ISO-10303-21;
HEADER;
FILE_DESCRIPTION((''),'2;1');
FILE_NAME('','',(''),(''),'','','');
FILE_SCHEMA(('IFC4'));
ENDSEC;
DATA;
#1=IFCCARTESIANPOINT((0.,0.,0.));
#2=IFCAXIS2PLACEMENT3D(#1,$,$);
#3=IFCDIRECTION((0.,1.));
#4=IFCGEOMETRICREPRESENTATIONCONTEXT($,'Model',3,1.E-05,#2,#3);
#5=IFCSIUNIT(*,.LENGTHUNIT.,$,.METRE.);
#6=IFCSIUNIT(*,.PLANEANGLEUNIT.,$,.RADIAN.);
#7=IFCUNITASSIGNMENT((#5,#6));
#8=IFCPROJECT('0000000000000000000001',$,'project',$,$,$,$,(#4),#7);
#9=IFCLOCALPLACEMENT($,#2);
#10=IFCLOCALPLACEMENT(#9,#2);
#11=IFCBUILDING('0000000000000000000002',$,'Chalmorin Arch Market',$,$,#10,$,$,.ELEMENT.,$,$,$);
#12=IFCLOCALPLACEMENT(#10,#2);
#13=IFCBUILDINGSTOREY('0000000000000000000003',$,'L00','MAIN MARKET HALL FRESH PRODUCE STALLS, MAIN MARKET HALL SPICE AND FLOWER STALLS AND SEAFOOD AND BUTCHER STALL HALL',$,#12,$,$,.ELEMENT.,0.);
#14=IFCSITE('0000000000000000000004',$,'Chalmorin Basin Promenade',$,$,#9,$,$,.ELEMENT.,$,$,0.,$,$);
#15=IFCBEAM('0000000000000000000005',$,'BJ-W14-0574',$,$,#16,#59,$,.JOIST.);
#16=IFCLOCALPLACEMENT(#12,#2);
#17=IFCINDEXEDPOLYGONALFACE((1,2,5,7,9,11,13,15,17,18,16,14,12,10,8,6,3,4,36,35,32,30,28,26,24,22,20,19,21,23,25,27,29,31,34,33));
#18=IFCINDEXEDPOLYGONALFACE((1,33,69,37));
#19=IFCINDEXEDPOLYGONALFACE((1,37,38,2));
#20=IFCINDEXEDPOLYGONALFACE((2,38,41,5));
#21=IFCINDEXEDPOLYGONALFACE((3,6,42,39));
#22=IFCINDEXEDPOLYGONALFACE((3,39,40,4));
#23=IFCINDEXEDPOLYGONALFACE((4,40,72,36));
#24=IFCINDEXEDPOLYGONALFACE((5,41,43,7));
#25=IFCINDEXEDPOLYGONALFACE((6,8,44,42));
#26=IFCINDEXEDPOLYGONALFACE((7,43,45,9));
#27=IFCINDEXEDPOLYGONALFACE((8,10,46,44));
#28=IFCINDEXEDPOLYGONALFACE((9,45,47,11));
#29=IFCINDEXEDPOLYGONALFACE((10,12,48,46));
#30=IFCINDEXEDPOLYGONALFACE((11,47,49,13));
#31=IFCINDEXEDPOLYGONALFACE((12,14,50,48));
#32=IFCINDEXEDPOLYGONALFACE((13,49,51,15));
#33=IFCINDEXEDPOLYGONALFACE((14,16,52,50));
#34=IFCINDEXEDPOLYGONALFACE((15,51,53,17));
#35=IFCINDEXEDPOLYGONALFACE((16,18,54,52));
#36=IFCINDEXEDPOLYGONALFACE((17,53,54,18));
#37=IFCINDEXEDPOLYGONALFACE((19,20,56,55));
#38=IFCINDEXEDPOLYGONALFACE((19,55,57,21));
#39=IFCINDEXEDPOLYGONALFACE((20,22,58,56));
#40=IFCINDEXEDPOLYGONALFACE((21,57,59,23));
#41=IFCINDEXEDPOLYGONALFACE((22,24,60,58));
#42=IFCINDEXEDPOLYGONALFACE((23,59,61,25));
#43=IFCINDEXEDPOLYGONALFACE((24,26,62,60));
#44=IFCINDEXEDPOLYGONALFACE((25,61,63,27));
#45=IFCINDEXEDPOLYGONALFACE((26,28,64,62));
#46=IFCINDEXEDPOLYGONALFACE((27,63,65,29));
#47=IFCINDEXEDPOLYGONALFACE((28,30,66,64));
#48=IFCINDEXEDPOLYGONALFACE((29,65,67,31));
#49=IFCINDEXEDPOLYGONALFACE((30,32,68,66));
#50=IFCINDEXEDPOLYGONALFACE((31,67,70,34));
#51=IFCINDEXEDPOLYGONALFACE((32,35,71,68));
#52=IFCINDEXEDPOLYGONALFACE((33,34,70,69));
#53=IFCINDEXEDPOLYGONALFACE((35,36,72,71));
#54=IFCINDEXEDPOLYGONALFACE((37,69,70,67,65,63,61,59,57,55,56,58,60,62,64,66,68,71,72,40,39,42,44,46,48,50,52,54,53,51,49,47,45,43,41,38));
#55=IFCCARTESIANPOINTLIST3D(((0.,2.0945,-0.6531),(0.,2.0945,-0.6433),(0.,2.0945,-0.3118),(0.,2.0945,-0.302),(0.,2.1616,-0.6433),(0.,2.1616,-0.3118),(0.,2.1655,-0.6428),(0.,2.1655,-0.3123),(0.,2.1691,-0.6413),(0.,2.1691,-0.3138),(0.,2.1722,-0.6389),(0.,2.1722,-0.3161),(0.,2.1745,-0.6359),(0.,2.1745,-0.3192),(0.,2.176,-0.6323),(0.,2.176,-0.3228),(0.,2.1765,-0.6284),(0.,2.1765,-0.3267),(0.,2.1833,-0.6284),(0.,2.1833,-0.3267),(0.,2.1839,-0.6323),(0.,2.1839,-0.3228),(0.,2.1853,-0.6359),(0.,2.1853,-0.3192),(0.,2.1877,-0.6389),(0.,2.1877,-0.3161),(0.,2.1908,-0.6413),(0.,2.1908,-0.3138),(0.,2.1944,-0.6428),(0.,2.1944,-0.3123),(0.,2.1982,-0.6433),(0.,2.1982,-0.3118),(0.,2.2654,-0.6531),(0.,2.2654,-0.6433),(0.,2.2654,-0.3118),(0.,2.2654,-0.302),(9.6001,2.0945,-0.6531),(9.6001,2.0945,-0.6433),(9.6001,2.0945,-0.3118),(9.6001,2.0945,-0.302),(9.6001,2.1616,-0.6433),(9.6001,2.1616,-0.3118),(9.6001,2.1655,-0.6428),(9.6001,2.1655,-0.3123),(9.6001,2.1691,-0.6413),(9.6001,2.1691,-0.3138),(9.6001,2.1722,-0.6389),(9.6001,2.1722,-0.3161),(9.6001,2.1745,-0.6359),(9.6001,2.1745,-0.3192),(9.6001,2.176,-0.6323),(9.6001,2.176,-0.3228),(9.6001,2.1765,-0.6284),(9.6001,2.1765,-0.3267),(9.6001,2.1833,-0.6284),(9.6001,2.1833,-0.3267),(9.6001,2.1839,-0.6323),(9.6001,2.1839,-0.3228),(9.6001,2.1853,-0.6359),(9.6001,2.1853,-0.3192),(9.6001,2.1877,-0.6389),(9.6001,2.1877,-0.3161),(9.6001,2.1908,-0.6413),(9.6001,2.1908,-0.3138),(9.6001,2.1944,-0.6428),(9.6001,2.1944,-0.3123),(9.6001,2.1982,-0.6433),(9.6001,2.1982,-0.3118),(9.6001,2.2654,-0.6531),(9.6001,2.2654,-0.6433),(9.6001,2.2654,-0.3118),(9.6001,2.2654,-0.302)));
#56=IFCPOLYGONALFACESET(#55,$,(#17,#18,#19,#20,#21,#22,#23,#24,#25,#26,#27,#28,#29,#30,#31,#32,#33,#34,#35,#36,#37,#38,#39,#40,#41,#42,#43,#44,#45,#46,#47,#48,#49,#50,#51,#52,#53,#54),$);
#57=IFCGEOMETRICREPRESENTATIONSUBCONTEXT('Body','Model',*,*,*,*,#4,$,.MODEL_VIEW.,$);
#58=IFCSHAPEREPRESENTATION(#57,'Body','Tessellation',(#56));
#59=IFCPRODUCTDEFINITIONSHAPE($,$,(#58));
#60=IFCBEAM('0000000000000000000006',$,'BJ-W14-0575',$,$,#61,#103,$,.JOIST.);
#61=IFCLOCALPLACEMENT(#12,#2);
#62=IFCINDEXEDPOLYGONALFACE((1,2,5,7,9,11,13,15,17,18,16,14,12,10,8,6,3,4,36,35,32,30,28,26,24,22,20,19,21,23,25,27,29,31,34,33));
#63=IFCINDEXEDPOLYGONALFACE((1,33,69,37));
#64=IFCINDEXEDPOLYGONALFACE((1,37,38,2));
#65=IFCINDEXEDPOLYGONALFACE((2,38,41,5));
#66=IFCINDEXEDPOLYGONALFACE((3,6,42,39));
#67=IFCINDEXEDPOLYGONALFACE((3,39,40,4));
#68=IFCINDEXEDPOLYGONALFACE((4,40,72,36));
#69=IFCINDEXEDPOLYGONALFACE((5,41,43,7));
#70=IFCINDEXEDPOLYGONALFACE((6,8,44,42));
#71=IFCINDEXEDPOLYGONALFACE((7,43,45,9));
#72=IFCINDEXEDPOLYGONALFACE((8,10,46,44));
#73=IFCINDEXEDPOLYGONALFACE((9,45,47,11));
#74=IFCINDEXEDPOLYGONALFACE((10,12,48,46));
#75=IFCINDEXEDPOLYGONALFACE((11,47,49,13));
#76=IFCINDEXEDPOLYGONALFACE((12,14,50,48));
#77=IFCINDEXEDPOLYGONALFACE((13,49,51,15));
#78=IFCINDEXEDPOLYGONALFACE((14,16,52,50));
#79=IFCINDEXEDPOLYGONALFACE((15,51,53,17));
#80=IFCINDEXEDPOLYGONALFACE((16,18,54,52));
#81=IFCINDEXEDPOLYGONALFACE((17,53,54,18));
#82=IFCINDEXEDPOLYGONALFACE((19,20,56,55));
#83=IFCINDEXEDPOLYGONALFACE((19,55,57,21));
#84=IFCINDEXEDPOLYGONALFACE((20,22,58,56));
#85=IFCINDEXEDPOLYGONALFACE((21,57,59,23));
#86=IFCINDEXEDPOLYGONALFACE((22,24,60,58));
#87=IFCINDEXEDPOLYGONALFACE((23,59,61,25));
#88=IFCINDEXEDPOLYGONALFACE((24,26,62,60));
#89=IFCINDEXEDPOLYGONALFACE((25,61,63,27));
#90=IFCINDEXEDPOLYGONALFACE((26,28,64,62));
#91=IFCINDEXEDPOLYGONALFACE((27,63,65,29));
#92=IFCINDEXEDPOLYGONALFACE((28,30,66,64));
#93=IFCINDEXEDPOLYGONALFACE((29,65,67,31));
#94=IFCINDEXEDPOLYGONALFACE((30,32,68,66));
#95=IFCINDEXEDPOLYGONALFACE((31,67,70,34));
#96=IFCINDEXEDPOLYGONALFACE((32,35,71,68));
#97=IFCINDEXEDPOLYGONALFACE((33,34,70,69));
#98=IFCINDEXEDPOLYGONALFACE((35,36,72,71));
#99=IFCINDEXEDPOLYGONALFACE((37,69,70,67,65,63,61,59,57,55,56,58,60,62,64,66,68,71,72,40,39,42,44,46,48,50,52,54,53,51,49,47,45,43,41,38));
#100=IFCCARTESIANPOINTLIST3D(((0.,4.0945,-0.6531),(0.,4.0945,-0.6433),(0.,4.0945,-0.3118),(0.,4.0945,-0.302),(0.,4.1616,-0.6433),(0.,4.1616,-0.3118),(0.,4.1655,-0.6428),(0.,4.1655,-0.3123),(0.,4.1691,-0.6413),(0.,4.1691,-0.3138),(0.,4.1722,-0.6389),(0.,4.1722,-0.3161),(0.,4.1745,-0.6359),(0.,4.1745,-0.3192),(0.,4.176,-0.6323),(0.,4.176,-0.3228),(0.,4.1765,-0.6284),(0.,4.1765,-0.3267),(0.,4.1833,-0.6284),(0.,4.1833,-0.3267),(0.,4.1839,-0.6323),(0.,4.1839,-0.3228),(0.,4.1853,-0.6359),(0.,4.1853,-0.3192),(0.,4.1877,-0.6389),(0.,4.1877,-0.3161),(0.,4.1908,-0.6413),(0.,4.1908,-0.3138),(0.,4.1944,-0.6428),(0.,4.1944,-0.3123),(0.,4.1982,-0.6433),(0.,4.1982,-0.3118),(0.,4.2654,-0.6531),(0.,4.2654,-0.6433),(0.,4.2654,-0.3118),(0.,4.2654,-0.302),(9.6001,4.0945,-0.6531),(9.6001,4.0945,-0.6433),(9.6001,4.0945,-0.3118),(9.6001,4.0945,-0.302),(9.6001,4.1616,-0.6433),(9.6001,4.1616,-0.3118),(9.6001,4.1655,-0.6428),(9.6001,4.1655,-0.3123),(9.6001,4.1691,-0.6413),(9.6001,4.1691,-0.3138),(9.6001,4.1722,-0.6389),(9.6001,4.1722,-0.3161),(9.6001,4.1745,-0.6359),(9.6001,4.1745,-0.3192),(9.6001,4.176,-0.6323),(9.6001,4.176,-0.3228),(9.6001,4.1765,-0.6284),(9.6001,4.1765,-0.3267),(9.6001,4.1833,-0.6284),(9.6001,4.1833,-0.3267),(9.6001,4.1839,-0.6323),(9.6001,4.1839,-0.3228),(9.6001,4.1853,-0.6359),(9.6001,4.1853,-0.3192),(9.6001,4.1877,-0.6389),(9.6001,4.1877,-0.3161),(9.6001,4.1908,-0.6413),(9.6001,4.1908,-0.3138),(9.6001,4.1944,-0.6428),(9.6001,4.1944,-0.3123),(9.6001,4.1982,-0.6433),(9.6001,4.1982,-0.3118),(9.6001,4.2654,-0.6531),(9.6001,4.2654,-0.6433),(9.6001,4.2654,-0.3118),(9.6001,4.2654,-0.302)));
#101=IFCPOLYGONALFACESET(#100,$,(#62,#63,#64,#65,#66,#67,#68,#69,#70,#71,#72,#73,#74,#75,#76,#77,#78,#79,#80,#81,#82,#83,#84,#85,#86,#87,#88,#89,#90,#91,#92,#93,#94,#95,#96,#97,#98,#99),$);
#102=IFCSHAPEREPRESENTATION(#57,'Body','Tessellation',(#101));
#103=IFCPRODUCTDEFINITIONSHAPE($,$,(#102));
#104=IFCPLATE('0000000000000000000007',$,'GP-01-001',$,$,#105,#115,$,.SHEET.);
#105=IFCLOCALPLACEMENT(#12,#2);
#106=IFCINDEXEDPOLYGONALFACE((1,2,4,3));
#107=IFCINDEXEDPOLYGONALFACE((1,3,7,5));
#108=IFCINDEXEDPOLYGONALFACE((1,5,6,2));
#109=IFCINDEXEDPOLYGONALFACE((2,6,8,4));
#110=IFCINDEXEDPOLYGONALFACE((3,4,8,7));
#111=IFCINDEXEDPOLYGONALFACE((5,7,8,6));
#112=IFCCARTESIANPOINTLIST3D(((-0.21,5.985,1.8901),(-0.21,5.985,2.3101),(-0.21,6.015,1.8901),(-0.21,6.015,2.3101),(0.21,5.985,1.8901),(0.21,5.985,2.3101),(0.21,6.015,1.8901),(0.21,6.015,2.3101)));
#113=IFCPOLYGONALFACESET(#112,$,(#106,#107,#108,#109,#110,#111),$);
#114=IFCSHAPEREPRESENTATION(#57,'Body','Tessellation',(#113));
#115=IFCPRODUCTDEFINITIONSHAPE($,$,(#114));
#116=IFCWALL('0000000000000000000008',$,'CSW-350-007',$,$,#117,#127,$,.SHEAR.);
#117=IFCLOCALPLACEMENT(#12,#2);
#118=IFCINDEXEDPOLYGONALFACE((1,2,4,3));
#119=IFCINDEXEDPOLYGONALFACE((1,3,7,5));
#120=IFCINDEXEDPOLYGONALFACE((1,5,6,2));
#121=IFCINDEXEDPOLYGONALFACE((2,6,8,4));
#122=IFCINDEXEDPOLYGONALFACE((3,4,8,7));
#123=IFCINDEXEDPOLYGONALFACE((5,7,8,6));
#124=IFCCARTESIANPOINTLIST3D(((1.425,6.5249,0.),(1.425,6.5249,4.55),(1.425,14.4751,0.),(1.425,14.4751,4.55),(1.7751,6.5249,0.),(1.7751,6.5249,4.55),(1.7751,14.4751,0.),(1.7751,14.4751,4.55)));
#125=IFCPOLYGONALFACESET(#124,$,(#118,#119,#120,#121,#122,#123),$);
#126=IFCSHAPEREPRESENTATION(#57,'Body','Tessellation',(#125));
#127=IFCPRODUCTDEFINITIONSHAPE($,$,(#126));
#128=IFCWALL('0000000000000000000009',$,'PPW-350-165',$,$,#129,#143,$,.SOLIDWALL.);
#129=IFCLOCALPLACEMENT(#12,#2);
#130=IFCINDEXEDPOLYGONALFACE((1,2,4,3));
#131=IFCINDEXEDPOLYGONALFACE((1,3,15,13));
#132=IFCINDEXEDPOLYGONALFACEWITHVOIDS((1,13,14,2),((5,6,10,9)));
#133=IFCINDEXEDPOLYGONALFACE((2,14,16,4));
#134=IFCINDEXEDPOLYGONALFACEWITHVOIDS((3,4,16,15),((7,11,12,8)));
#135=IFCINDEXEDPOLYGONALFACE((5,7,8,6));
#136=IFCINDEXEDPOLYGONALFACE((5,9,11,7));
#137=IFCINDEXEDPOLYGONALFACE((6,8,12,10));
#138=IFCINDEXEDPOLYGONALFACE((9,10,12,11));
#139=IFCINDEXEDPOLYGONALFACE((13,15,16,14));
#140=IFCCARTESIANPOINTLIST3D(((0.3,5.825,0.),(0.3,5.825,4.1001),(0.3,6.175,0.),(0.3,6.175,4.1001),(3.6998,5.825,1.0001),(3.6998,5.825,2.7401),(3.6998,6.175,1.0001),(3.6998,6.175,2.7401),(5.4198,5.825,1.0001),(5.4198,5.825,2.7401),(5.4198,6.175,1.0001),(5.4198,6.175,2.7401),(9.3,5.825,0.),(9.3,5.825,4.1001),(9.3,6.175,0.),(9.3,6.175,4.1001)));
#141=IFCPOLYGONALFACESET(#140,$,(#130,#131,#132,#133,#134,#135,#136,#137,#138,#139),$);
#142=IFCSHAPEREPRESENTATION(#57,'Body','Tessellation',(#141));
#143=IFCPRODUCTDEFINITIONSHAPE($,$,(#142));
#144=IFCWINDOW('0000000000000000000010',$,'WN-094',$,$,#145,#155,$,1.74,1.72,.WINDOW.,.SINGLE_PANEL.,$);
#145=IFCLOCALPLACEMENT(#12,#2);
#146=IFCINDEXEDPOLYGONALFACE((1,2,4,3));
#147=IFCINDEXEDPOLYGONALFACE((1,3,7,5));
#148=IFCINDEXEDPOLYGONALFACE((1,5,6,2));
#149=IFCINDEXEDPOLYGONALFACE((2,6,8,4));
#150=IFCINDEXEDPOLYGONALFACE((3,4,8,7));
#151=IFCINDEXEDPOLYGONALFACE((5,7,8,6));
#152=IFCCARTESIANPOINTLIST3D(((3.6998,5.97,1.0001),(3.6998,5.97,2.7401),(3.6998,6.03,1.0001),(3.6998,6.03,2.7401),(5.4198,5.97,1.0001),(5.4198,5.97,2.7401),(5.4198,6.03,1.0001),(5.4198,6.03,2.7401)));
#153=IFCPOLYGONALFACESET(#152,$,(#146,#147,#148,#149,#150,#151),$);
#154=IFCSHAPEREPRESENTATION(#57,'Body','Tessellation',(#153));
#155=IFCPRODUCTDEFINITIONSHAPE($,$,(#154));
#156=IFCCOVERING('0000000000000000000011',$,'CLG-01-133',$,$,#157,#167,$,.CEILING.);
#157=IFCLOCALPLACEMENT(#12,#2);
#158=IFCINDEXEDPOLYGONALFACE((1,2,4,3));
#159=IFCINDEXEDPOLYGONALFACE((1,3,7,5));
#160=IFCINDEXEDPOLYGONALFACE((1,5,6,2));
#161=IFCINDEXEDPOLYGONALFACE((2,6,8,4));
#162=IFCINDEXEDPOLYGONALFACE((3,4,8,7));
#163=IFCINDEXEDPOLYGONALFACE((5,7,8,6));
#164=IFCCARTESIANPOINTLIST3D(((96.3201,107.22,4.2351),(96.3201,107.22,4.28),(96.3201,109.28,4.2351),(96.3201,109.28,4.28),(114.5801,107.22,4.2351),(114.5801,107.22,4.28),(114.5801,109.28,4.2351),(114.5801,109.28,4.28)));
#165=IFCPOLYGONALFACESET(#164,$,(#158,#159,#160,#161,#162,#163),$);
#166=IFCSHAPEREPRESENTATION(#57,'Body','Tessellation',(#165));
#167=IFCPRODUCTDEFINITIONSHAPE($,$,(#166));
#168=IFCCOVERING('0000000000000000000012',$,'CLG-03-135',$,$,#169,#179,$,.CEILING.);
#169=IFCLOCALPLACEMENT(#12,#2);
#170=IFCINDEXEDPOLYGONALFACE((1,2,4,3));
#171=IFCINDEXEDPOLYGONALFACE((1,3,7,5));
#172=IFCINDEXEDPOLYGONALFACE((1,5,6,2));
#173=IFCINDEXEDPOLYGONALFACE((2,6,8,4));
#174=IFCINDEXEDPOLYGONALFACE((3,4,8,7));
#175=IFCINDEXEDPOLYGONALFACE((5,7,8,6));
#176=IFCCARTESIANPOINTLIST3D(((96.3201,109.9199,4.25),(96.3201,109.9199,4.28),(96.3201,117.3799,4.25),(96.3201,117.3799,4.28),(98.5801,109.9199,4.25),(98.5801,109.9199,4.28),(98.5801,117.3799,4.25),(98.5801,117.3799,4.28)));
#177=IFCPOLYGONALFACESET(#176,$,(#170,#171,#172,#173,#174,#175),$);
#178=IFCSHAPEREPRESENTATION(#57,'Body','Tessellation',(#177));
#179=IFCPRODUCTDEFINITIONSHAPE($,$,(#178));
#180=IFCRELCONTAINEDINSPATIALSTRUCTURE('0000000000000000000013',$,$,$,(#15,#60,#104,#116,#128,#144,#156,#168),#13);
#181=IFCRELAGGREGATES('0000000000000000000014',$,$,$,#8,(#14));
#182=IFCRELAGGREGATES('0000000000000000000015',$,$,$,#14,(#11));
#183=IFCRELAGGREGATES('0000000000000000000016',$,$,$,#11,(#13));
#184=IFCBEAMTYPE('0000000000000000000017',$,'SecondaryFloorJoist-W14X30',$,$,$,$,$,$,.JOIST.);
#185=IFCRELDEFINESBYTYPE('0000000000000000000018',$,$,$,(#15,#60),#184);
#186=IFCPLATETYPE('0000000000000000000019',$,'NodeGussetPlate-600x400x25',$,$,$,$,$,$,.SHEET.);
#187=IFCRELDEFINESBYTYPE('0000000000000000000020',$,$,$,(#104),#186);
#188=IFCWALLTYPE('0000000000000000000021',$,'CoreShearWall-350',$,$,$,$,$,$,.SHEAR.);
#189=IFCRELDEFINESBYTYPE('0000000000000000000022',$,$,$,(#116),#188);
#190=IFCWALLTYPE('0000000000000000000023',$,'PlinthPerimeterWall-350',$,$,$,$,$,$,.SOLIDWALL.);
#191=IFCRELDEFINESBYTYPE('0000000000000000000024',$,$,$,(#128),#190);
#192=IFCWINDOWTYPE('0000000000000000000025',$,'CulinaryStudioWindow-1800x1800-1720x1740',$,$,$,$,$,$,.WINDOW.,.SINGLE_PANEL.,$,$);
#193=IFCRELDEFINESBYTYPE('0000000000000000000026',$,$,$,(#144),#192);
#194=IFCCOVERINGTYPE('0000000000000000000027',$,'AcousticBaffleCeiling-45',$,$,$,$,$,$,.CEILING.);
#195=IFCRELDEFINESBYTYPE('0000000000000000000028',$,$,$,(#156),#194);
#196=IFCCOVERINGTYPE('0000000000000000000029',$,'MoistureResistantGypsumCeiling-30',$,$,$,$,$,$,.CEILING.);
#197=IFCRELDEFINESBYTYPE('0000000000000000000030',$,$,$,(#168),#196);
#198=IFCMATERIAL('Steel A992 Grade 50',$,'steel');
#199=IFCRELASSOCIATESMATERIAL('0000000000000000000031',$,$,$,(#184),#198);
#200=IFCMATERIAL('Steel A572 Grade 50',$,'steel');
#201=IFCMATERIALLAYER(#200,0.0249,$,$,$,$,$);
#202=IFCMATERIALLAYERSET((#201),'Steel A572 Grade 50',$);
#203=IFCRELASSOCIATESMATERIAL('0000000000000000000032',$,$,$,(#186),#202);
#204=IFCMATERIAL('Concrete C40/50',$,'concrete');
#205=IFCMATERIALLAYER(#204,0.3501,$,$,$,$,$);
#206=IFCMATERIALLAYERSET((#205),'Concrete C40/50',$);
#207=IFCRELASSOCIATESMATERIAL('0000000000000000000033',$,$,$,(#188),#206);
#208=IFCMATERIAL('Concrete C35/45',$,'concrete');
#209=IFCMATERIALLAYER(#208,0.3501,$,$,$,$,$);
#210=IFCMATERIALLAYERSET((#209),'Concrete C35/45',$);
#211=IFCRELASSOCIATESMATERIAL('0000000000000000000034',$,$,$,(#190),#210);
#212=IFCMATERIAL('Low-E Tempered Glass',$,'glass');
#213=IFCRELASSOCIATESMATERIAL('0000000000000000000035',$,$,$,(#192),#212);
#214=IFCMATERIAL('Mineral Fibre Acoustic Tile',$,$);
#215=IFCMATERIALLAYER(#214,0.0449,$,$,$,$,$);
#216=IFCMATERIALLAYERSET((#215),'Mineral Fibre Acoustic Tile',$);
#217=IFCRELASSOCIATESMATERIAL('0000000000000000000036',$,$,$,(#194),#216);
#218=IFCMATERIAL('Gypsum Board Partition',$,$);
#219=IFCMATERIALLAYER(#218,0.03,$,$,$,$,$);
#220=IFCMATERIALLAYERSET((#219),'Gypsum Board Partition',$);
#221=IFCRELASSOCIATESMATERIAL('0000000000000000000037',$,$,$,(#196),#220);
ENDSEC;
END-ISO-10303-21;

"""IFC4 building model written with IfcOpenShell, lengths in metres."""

from ifc_helpers import new_model, si_unit, direction, frame, frame_2d, origin, origin_2d, place, context, subcontext, project, spatial, polyline, rectangle, i_section, outline, extrude, material, layer, layer_set, material_profile, profile_set, type_object, element, fill, save


model = new_model("IFC4")

# Units and contexts
model_context = context("Model", 3, precision=1e-05, world=origin(), true_north=direction((0.0, 1.0)))
body_context = subcontext(model_context, "Body", "Model", "MODEL_VIEW")
ifc_project = project(units=[si_unit("LENGTHUNIT", "METRE"), si_unit("PLANEANGLEUNIT", "RADIAN")], contexts=[model_context])

# Site, building, storey
site_placement = place(None, origin())
site = spatial("IfcSite", under=ifc_project, at=site_placement, Name="Chalmorin Basin Promenade", CompositionType="ELEMENT", RefElevation=0.0)
building_placement = place(site_placement, origin())
building = spatial("IfcBuilding", under=site, at=building_placement, Name="Chalmorin Arch Market", CompositionType="ELEMENT")
storey_placement = place(building_placement, origin())
storey = spatial("IfcBuildingStorey", under=building, at=storey_placement, Name="L00", Description="MAIN MARKET HALL FRESH PRODUCE STALLS, MAIN MARKET HALL SPICE AND FLOWER STALLS AND SEAFOOD AND BUTCHER STALL HALL", CompositionType="ELEMENT", Elevation=0.0)

# Shared definitions
ifc_material_1 = material(Name="Concrete C40/50", Category="concrete")

# Beams
ifc_material_2 = material(Name="Steel A992 Grade 50", Category="steel")
ifc_material_profile_1 = material_profile(ifc_material_2, i_section(OverallWidth=0.1709, OverallDepth=0.3511, WebThickness=0.0068, FlangeThickness=0.0098, FilletRadius=0.0149, at=origin_2d()), Name="W14X30")
ifc_profile_set_1 = profile_set([ifc_material_profile_1], Name="Steel A992 Grade 50")
beam_type_1 = type_object("IfcBeamType", Name="SecondaryFloorJoist-W14X30", PredefinedType="JOIST", material=ifc_profile_set_1)
for number, where, z_axis, x_axis, name in (
    (1, (0.0, 2.1799, -0.4775), (1.0, 0.0, 0.0), (0.0, 1.0, 0.0), "BJ-W14-0574"),
    (2, (0.0, 4.1799, -0.4775), (1.0, 0.0, 0.0), (0.0, 1.0, 0.0), "BJ-W14-0575"),
):
    element("IfcBeam", number, at=place(storey_placement, frame(where, z_axis=z_axis, x_axis=x_axis)), inside=storey, type_object=beam_type_1, Name=name, PredefinedType="JOIST", context=body_context, shape_type="SweptSolid", body=[
        extrude(i_section(OverallWidth=0.1709, OverallDepth=0.3511, WebThickness=0.0068, FlangeThickness=0.0098, FilletRadius=0.0149, at=origin_2d()), origin(), (0.0, 0.0, 1.0), 9.6001),
    ])

# Plate
ifc_material_3 = material(Name="Steel A572 Grade 50", Category="steel")
ifc_layer_1 = layer(ifc_material_3, 0.0249)
ifc_layer_set_1 = layer_set([ifc_layer_1], Name="Steel A572 Grade 50")
plate_type = type_object("IfcPlateType", Name="NodeGussetPlate-600x400x25", PredefinedType="SHEET", material=ifc_layer_set_1)
plate_placement = place(storey_placement, frame((0.0, 6.0, 1.8901), z_axis=(0.0, 0.0, 1.0), x_axis=(1.0, 0.0, 0.0)))
element("IfcPlate", 3, at=plate_placement, inside=storey, type_object=plate_type, Name="GP-01-001", PredefinedType="SHEET", context=body_context, shape_type="SweptSolid", body=[
    extrude(rectangle(XDim=0.4199, YDim=0.03, at=origin_2d()), origin(), (0.0, 0.0, 1.0), 0.4199),
])

# Wall
ifc_layer_2 = layer(ifc_material_1, 0.3501)
ifc_layer_set_2 = layer_set([ifc_layer_2], Name="Concrete C40/50")
wall_type_1 = type_object("IfcWallType", Name="CoreShearWall-350", PredefinedType="SHEAR", material=ifc_layer_set_2)
wall_1_placement = place(storey_placement, frame((1.6001, 6.5249, 0.0), z_axis=(0.0, 0.0, 1.0), x_axis=(0.0, 1.0, 0.0)))
element("IfcWall", 4, at=wall_1_placement, inside=storey, type_object=wall_type_1, Name="CSW-350-007", PredefinedType="SHEAR", context=body_context, shape_type="SweptSolid", body=[
    extrude(rectangle(XDim=7.9502, YDim=0.3501, at=frame_2d((3.9751, 0.0))), origin(), (0.0, 0.0, 1.0), 4.55),
])

# Wall, opening, window
ifc_material_4 = material(Name="Concrete C35/45", Category="concrete")
ifc_layer_3 = layer(ifc_material_4, 0.3501)
ifc_layer_set_3 = layer_set([ifc_layer_3], Name="Concrete C35/45")
wall_type_2 = type_object("IfcWallType", Name="PlinthPerimeterWall-350", PredefinedType="SOLIDWALL", material=ifc_layer_set_3)
wall_2_placement = place(storey_placement, frame((0.3, 6.0, 0.0), z_axis=(0.0, 0.0, 1.0), x_axis=(1.0, 0.0, 0.0)))
wall_2 = element("IfcWall", 5, at=wall_2_placement, inside=storey, type_object=wall_type_2, Name="PPW-350-165", PredefinedType="SOLIDWALL", context=body_context, shape_type="SweptSolid", body=[
    extrude(rectangle(XDim=9.0, YDim=0.3501, at=frame_2d((4.5, 0.0))), origin(), (0.0, 0.0, 1.0), 4.1001),
])
opening_placement = place(wall_2_placement, frame((3.3999, 0.0, 1.0)))
opening = element("IfcOpeningElement", 6, at=opening_placement, cuts=wall_2, PredefinedType="OPENING", context=body_context, shape_type="SweptSolid", body=[
    extrude(rectangle(XDim=1.72, YDim=1.74, at=frame_2d((0.8599, 0.8701))), frame((0.0, 0.1851, 0.0), z_axis=(0.0, -1.0, 0.0), x_axis=(1.0, 0.0, 0.0)), (0.0, 0.0, 1.0), 0.3701),
])
ifc_material_5 = material(Name="Low-E Tempered Glass", Category="glass")
window_type = type_object("IfcWindowType", Name="CulinaryStudioWindow-1800x1800-1720x1740", PartitioningType="SINGLE_PANEL", PredefinedType="WINDOW", material=ifc_material_5)
window_placement = place(opening_placement, origin())
window = element("IfcWindow", 7, at=window_placement, inside=storey, type_object=window_type, Name="WN-094", OverallHeight=1.74, OverallWidth=1.72, PartitioningType="SINGLE_PANEL", PredefinedType="WINDOW", context=body_context, shape_type="SweptSolid", body=[
    extrude(rectangle(XDim=1.72, YDim=1.74, at=frame_2d((0.8599, 0.8701))), frame((0.0, 0.03, 0.0), z_axis=(0.0, -1.0, 0.0), x_axis=(1.0, 0.0, 0.0)), (0.0, 0.0, 1.0), 0.0601),
])
fill(opening, window)

# Coverings
ifc_material_6 = material(Name="Mineral Fibre Acoustic Tile")
ifc_layer_4 = layer(ifc_material_6, 0.0449)
ifc_layer_set_4 = layer_set([ifc_layer_4], Name="Mineral Fibre Acoustic Tile")
covering_type_1 = type_object("IfcCoveringType", Name="AcousticBaffleCeiling-45", PredefinedType="CEILING", material=ifc_layer_set_4)
covering_1_placement = place(storey_placement, frame((0.0, 0.0, 4.2351)))
element("IfcCovering", 8, at=covering_1_placement, inside=storey, type_object=covering_type_1, Name="CLG-01-133", PredefinedType="CEILING", context=body_context, shape_type="SweptSolid", body=[
    extrude(outline(polyline([(96.3201, 107.22), (114.5801, 107.22), (114.5801, 109.28), (96.3201, 109.28), (96.3201, 107.22)])), origin(), (0.0, 0.0, 1.0), 0.0449),
])
ifc_material_7 = material(Name="Gypsum Board Partition")
ifc_layer_5 = layer(ifc_material_7, 0.03)
ifc_layer_set_5 = layer_set([ifc_layer_5], Name="Gypsum Board Partition")
covering_type_2 = type_object("IfcCoveringType", Name="MoistureResistantGypsumCeiling-30", PredefinedType="CEILING", material=ifc_layer_set_5)
covering_2_placement = place(storey_placement, frame((0.0, 0.0, 4.25)))
element("IfcCovering", 9, at=covering_2_placement, inside=storey, type_object=covering_type_2, Name="CLG-03-135", PredefinedType="CEILING", context=body_context, shape_type="SweptSolid", body=[
    extrude(outline(polyline([(96.3201, 109.9199), (98.5801, 109.9199), (98.5801, 117.3799), (96.3201, 117.3799), (96.3201, 109.9199)])), origin(), (0.0, 0.0, 1.0), 0.03),
])

save(model, "model.ifc")
